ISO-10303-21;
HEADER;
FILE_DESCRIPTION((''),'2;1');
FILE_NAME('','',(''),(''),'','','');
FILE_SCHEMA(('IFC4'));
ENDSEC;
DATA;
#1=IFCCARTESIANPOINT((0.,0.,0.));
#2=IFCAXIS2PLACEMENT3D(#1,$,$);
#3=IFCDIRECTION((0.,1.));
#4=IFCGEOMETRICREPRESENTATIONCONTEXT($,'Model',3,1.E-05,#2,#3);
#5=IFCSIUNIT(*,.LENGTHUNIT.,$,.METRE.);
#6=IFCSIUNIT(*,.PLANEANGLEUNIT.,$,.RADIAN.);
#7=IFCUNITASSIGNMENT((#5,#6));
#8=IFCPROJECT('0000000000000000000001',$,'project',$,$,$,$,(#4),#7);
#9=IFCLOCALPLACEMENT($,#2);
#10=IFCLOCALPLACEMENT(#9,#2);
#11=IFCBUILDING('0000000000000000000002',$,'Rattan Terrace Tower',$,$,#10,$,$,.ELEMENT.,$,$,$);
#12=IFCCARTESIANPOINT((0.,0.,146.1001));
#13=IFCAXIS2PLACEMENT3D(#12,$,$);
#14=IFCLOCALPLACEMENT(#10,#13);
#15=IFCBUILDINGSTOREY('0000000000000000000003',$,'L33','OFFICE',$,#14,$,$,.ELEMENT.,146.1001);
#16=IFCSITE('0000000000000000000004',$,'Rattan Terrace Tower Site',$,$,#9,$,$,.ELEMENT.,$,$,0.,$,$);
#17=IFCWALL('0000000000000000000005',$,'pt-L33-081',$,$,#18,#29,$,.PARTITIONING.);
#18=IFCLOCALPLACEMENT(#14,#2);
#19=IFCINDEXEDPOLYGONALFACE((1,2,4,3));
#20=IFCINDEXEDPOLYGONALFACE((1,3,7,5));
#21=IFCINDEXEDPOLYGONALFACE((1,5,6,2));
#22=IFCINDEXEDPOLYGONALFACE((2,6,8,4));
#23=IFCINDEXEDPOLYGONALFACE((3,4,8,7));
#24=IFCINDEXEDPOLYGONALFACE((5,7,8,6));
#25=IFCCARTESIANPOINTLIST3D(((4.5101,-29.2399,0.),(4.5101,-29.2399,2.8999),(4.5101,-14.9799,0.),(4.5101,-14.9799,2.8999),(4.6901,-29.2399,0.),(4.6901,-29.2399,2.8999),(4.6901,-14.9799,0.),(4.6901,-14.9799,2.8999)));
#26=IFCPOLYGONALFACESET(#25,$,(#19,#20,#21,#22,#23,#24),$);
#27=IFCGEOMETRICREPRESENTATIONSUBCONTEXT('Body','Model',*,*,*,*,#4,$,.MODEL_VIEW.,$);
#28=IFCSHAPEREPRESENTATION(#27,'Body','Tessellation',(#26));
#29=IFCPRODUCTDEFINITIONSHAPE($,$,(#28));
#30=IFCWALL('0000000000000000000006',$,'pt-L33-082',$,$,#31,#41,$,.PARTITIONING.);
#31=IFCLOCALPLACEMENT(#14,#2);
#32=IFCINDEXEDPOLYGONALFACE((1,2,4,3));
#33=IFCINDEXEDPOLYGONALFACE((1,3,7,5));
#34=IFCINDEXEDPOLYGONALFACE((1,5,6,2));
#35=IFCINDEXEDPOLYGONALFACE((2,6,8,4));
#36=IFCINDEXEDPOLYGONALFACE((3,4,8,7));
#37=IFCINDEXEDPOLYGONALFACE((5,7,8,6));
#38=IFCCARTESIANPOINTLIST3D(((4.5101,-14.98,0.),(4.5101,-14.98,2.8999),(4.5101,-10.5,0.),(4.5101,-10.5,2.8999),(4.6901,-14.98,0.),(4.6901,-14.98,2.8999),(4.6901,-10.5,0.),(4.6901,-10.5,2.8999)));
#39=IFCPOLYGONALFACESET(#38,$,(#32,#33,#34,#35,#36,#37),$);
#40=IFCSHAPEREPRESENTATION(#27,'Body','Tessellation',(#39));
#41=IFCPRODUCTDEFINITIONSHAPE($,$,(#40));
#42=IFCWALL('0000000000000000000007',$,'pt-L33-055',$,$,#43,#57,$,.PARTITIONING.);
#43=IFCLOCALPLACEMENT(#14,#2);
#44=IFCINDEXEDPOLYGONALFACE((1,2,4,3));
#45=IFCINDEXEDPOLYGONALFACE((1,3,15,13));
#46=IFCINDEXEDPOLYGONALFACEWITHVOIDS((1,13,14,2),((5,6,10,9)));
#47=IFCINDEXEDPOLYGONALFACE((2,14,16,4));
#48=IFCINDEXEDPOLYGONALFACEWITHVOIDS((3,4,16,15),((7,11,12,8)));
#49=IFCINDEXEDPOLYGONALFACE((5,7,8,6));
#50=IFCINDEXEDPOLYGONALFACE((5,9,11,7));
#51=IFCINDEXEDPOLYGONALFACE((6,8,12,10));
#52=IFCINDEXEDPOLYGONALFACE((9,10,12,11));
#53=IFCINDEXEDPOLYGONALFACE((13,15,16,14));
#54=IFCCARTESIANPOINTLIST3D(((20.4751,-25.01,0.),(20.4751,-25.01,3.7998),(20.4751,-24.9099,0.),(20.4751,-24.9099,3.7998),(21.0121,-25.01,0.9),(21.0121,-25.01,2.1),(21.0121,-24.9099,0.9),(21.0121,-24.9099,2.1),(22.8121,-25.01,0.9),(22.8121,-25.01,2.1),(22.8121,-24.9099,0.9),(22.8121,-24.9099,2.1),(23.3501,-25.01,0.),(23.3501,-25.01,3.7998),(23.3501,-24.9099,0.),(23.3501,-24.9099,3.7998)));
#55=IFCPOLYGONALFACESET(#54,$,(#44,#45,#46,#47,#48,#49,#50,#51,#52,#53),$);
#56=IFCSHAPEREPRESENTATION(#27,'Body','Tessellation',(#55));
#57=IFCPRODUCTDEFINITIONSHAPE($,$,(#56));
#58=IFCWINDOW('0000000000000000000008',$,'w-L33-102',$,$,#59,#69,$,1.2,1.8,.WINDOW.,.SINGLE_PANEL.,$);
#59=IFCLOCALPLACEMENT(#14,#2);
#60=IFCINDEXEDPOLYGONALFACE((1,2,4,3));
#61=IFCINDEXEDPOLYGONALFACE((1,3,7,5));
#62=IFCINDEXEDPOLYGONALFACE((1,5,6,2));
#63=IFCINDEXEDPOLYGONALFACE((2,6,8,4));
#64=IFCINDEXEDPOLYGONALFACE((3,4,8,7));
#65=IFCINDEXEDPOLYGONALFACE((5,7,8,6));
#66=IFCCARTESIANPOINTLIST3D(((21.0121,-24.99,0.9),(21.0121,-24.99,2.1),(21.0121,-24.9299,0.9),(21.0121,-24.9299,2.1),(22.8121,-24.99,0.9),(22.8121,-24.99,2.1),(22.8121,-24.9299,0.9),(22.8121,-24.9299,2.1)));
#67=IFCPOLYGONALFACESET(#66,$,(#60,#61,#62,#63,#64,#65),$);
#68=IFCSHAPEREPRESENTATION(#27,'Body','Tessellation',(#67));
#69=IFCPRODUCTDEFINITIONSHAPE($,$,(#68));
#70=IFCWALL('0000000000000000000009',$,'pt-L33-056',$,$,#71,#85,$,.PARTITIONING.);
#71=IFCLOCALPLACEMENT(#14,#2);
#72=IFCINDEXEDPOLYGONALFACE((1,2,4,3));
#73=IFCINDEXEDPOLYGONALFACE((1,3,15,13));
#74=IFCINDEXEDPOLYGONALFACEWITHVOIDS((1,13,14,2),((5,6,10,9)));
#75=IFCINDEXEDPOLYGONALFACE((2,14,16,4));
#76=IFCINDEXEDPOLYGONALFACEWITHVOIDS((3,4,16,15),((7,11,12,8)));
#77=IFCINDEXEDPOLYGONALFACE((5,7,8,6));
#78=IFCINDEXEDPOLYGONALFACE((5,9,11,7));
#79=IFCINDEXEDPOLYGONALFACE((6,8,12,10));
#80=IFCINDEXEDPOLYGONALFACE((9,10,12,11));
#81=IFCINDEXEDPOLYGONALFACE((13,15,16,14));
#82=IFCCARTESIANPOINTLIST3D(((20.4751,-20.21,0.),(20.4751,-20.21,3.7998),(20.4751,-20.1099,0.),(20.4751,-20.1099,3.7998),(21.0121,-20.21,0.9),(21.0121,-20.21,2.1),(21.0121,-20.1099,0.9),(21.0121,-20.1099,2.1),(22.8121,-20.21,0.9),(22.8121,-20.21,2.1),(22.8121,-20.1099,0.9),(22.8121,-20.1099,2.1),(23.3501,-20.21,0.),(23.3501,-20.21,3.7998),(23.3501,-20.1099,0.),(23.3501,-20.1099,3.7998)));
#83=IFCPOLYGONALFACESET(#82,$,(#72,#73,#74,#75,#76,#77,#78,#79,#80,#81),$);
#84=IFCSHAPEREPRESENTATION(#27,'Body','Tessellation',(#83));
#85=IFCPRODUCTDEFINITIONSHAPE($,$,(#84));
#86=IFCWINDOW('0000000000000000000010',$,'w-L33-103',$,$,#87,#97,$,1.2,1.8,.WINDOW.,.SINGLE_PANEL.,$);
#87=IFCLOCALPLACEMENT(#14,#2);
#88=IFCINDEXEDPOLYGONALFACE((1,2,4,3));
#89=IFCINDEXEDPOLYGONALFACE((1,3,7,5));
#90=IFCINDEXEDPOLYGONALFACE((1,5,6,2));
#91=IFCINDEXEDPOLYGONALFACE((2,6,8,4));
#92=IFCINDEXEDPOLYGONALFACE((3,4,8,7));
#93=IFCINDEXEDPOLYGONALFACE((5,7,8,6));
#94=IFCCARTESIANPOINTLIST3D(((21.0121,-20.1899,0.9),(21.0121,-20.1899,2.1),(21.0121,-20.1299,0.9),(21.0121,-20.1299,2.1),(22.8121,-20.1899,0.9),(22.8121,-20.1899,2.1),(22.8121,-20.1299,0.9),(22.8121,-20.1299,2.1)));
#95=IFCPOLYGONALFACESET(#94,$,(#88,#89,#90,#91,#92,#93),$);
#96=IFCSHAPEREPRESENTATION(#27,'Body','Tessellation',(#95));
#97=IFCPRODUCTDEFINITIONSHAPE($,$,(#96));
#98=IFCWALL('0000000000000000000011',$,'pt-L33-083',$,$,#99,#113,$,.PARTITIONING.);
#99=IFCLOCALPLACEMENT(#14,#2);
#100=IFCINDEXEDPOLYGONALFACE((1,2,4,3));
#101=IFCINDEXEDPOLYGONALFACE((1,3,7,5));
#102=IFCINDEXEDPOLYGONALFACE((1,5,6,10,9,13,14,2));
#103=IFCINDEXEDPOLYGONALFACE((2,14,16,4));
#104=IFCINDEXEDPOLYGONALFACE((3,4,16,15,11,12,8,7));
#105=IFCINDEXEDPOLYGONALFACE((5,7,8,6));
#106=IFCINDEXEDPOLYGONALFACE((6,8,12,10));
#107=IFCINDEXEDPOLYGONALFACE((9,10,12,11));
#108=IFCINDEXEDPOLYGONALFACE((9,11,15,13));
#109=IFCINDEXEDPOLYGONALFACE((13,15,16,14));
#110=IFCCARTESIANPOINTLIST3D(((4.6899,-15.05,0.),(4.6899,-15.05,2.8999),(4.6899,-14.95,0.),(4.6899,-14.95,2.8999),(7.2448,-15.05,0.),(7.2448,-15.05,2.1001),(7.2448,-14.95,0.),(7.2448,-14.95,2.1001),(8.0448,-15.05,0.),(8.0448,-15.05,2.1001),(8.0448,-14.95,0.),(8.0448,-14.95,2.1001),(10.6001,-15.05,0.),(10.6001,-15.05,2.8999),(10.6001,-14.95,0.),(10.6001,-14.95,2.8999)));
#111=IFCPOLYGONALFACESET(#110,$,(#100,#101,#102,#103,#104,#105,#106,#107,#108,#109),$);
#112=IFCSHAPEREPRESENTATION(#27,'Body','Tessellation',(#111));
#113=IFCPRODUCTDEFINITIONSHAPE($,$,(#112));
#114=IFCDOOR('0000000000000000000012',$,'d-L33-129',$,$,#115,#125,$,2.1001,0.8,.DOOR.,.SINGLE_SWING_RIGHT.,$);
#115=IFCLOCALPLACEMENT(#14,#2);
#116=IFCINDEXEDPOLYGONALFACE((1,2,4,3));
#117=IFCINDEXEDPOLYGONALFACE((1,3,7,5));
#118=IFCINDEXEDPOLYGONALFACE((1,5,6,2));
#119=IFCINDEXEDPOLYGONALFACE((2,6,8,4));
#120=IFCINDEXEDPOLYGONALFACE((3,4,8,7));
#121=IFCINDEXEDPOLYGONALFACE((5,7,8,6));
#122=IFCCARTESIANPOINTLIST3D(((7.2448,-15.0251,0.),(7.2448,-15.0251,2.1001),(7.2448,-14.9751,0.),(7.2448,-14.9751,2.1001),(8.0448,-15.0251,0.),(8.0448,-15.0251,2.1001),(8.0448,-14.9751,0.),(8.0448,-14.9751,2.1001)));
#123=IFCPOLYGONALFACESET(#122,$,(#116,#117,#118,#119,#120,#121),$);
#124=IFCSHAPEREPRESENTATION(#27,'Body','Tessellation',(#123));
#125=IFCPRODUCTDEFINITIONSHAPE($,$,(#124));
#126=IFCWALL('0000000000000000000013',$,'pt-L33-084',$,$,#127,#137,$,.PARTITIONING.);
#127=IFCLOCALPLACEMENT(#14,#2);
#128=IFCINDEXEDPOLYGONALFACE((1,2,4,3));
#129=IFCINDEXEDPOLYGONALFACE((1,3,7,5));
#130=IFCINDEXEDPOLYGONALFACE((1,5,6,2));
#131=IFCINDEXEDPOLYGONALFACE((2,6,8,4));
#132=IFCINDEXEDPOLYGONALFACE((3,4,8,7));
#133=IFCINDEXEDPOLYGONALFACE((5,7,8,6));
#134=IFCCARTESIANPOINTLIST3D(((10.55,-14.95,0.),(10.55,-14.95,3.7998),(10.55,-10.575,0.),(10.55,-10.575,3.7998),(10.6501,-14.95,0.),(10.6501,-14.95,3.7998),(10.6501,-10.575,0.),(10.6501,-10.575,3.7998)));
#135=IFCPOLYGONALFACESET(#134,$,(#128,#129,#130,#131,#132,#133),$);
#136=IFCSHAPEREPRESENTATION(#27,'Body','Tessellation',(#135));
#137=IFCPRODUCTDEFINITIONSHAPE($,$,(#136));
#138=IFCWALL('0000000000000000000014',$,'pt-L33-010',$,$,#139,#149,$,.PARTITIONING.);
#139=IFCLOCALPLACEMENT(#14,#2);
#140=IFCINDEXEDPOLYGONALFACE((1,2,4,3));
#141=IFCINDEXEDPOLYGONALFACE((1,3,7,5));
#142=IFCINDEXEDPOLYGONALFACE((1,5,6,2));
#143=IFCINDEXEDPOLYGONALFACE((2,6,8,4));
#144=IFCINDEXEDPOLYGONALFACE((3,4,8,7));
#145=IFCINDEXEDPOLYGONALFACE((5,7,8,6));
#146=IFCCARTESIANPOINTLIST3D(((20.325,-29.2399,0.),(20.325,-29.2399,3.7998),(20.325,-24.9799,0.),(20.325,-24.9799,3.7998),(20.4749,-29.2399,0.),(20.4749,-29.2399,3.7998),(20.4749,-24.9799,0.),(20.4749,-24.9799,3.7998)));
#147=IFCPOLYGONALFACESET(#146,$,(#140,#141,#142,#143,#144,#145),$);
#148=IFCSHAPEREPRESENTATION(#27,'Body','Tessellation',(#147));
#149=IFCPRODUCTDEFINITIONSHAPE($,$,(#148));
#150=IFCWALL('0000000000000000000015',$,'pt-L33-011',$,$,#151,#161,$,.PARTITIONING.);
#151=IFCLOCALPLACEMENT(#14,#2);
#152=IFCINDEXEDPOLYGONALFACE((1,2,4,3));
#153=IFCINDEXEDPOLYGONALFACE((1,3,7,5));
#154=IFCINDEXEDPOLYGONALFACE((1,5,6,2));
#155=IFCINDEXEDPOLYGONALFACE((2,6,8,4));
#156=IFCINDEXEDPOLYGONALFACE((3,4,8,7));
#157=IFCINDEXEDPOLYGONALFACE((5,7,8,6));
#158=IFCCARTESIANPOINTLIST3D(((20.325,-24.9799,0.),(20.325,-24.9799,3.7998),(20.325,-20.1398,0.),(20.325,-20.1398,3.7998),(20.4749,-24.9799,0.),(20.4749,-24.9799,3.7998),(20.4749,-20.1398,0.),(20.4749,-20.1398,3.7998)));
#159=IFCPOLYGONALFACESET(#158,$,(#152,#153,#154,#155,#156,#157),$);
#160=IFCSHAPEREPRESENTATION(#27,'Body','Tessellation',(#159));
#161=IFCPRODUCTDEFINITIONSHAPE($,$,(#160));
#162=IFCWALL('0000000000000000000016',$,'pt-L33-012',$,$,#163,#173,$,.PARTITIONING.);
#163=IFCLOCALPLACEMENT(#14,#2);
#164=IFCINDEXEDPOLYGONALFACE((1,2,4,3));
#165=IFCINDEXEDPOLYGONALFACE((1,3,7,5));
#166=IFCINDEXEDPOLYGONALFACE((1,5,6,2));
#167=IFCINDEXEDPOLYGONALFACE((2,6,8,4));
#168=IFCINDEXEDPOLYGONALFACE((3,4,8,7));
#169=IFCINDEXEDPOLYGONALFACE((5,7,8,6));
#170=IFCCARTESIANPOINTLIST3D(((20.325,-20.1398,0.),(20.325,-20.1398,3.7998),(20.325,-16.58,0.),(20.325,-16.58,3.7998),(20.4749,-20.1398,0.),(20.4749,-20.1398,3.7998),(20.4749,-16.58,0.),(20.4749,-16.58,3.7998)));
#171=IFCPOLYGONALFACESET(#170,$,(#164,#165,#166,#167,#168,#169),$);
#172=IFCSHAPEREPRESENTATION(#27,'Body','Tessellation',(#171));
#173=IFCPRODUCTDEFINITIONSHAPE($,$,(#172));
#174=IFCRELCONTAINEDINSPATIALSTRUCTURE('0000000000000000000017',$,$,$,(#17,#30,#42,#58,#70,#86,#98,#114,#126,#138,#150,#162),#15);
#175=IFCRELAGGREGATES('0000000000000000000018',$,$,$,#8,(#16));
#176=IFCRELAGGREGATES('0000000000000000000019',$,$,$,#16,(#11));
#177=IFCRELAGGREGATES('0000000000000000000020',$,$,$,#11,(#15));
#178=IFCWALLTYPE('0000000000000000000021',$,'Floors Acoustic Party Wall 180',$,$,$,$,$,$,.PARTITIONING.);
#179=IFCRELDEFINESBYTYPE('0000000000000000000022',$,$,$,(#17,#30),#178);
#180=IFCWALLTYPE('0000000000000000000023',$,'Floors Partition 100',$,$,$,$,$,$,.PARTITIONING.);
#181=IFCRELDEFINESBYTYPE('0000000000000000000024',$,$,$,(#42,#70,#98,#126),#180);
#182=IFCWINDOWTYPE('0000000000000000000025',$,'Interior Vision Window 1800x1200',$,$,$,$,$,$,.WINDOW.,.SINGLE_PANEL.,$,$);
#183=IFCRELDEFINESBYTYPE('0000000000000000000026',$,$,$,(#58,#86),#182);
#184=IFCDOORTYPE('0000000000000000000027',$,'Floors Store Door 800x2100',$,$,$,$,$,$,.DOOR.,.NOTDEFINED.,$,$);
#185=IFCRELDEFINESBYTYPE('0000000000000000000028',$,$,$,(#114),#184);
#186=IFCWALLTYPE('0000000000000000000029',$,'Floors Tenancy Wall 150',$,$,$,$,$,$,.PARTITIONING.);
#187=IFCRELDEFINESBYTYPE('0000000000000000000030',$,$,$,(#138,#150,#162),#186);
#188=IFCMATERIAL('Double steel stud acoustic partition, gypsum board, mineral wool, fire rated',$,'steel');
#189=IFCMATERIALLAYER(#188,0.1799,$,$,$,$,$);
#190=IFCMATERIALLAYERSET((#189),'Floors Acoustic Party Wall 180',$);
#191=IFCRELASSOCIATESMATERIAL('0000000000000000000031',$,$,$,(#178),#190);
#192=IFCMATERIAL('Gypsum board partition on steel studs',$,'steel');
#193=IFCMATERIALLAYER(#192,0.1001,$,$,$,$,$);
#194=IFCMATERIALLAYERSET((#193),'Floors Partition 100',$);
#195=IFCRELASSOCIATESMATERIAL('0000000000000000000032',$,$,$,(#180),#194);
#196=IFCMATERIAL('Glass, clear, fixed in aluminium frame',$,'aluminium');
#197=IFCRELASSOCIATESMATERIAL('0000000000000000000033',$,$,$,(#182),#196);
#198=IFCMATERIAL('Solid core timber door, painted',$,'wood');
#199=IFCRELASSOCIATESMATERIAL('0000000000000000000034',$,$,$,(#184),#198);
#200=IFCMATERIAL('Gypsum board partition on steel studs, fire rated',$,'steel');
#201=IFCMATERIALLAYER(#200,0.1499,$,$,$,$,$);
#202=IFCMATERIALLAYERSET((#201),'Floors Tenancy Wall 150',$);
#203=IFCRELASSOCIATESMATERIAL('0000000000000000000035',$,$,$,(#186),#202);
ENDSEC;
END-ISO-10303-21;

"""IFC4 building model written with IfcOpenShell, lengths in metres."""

from ifc_helpers import new_model, si_unit, direction, frame, frame_2d, origin, place, context, subcontext, project, spatial, rectangle, extrude, material, layer, layer_set, type_object, element, fill, save


model = new_model("IFC4")

# Units and contexts
model_context = context("Model", 3, precision=1e-05, world=origin(), true_north=direction((0.0, 1.0)))
body_context = subcontext(model_context, "Body", "Model", "MODEL_VIEW")
ifc_project = project(units=[si_unit("LENGTHUNIT", "METRE"), si_unit("PLANEANGLEUNIT", "RADIAN")], contexts=[model_context])

# Site, building, storey
site_placement = place(None, origin())
site = spatial("IfcSite", under=ifc_project, at=site_placement, Name="Rattan Terrace Tower Site", CompositionType="ELEMENT", RefElevation=0.0)
building_placement = place(site_placement, origin())
building = spatial("IfcBuilding", under=site, at=building_placement, Name="Rattan Terrace Tower", CompositionType="ELEMENT")
storey_placement = place(building_placement, frame((0.0, 0.0, 146.1001)))
storey = spatial("IfcBuildingStorey", under=building, at=storey_placement, Name="L33", Description="OFFICE", CompositionType="ELEMENT", Elevation=146.1001)

# Walls
ifc_material_1 = material(Name="Double steel stud acoustic partition, gypsum board, mineral wool, fire rated", Category="steel")
ifc_layer_1 = layer(ifc_material_1, 0.1799)
ifc_layer_set_1 = layer_set([ifc_layer_1], Name="Floors Acoustic Party Wall 180")
wall_type_1 = type_object("IfcWallType", Name="Floors Acoustic Party Wall 180", PredefinedType="PARTITIONING", material=ifc_layer_set_1)
wall_1_placement = place(storey_placement, frame((4.6001, -14.98, 0.0), z_axis=(0.0, 0.0, 1.0), x_axis=(0.0, -1.0, 0.0)))
element("IfcWall", 1, at=wall_1_placement, inside=storey, type_object=wall_type_1, Name="pt-L33-081", PredefinedType="PARTITIONING", context=body_context, shape_type="SweptSolid", body=[
    extrude(rectangle(XDim=14.26, YDim=0.1799, at=frame_2d((7.1299, 0.0))), origin(), (0.0, 0.0, 1.0), 2.8999),
])
wall_2_placement = place(storey_placement, frame((4.6001, -10.5, 0.0), z_axis=(0.0, 0.0, 1.0), x_axis=(0.0, -1.0, 0.0)))
element("IfcWall", 2, at=wall_2_placement, inside=storey, type_object=wall_type_1, Name="pt-L33-082", PredefinedType="PARTITIONING", context=body_context, shape_type="SweptSolid", body=[
    extrude(rectangle(XDim=4.48, YDim=0.1799, at=frame_2d((2.24, 0.0))), origin(), (0.0, 0.0, 1.0), 2.8999),
])

# Walls, openings, windows
ifc_material_2 = material(Name="Gypsum board partition on steel studs", Category="steel")
ifc_layer_2 = layer(ifc_material_2, 0.1001)
ifc_layer_set_2 = layer_set([ifc_layer_2], Name="Floors Partition 100")
wall_type_2 = type_object("IfcWallType", Name="Floors Partition 100", PredefinedType="PARTITIONING", material=ifc_layer_set_2)
wall_3_placement = place(storey_placement, frame((20.4751, -24.96, 0.0), z_axis=(0.0, 0.0, 1.0), x_axis=(1.0, 0.0, 0.0)))
wall_3 = element("IfcWall", 3, at=wall_3_placement, inside=storey, type_object=wall_type_2, Name="pt-L33-055", PredefinedType="PARTITIONING", context=body_context, shape_type="SweptSolid", body=[
    extrude(rectangle(XDim=2.875, YDim=0.1001, at=frame_2d((1.4375, 0.0))), origin(), (0.0, 0.0, 1.0), 3.7998),
])
opening_1_placement = place(wall_3_placement, frame((0.5371, 0.0, 0.8999)))
opening_1 = element("IfcOpeningElement", 4, at=opening_1_placement, cuts=wall_3, PredefinedType="OPENING", context=body_context, shape_type="SweptSolid", body=[
    extrude(rectangle(XDim=1.8, YDim=1.2, at=frame_2d((0.8999, 0.6001))), frame((0.0, 0.0605, 0.0), z_axis=(0.0, -1.0, 0.0), x_axis=(1.0, 0.0, 0.0)), (0.0, 0.0, 1.0), 0.1211),
])
ifc_material_3 = material(Name="Glass, clear, fixed in aluminium frame", Category="aluminium")
window_type = type_object("IfcWindowType", Name="Interior Vision Window 1800x1200", PartitioningType="SINGLE_PANEL", PredefinedType="WINDOW", material=ifc_material_3)
window_1_placement = place(opening_1_placement, origin())
window_1 = element("IfcWindow", 5, at=window_1_placement, inside=storey, type_object=window_type, Name="w-L33-102", OverallHeight=1.2, OverallWidth=1.8, PartitioningType="SINGLE_PANEL", PredefinedType="WINDOW", context=body_context, shape_type="SweptSolid", body=[
    extrude(rectangle(XDim=1.8, YDim=1.2, at=frame_2d((0.8999, 0.6001))), frame((0.0, 0.03, 0.0), z_axis=(0.0, -1.0, 0.0), x_axis=(1.0, 0.0, 0.0)), (0.0, 0.0, 1.0), 0.0601),
])
fill(opening_1, window_1)
wall_4_placement = place(storey_placement, frame((20.4751, -20.1599, 0.0), z_axis=(0.0, 0.0, 1.0), x_axis=(1.0, 0.0, 0.0)))
wall_4 = element("IfcWall", 6, at=wall_4_placement, inside=storey, type_object=wall_type_2, Name="pt-L33-056", PredefinedType="PARTITIONING", context=body_context, shape_type="SweptSolid", body=[
    extrude(rectangle(XDim=2.875, YDim=0.1001, at=frame_2d((1.4375, 0.0))), origin(), (0.0, 0.0, 1.0), 3.7998),
])
opening_2_placement = place(wall_4_placement, frame((0.5371, 0.0, 0.8999)))
opening_2 = element("IfcOpeningElement", 7, at=opening_2_placement, cuts=wall_4, PredefinedType="OPENING", context=body_context, shape_type="SweptSolid", body=[
    extrude(rectangle(XDim=1.8, YDim=1.2, at=frame_2d((0.8999, 0.6001))), frame((0.0, 0.0605, 0.0), z_axis=(0.0, -1.0, 0.0), x_axis=(1.0, 0.0, 0.0)), (0.0, 0.0, 1.0), 0.1211),
])
window_2_placement = place(opening_2_placement, origin())
window_2 = element("IfcWindow", 8, at=window_2_placement, inside=storey, type_object=window_type, Name="w-L33-103", OverallHeight=1.2, OverallWidth=1.8, PartitioningType="SINGLE_PANEL", PredefinedType="WINDOW", context=body_context, shape_type="SweptSolid", body=[
    extrude(rectangle(XDim=1.8, YDim=1.2, at=frame_2d((0.8999, 0.6001))), frame((0.0, 0.03, 0.0), z_axis=(0.0, -1.0, 0.0), x_axis=(1.0, 0.0, 0.0)), (0.0, 0.0, 1.0), 0.0601),
])
fill(opening_2, window_2)

# Wall, opening, door
wall_5_placement = place(storey_placement, frame((4.6899, -15.0, 0.0), z_axis=(0.0, 0.0, 1.0), x_axis=(1.0, 0.0, 0.0)))
wall_5 = element("IfcWall", 9, at=wall_5_placement, inside=storey, type_object=wall_type_2, Name="pt-L33-083", PredefinedType="PARTITIONING", context=body_context, shape_type="SweptSolid", body=[
    extrude(rectangle(XDim=5.9102, YDim=0.1001, at=frame_2d((2.9551, 0.0))), origin(), (0.0, 0.0, 1.0), 2.8999),
])
opening_3_placement = place(wall_5_placement, frame((2.5549, 0.0, 0.0)))
opening_3 = element("IfcOpeningElement", 10, at=opening_3_placement, cuts=wall_5, PredefinedType="OPENING", context=body_context, shape_type="SweptSolid", body=[
    extrude(rectangle(XDim=0.8, YDim=2.1001, at=frame_2d((0.3999, 1.05))), frame((0.0, 0.0605, 0.0), z_axis=(0.0, -1.0, 0.0), x_axis=(1.0, 0.0, 0.0)), (0.0, 0.0, 1.0), 0.1211),
])
ifc_material_4 = material(Name="Solid core timber door, painted", Category="wood")
door_type_1 = type_object("IfcDoorType", Name="Floors Store Door 800x2100", OperationType="NOTDEFINED", PredefinedType="DOOR", material=ifc_material_4)
door_1_placement = place(opening_3_placement, origin())
door_1 = element("IfcDoor", 11, at=door_1_placement, inside=storey, type_object=door_type_1, Name="d-L33-129", OperationType="SINGLE_SWING_RIGHT", OverallHeight=2.1001, OverallWidth=0.8, PredefinedType="DOOR", context=body_context, shape_type="SweptSolid", body=[
    extrude(rectangle(XDim=0.8, YDim=2.1001, at=frame_2d((0.3999, 1.05))), frame((0.0, 0.0249, 0.0), z_axis=(0.0, -1.0, 0.0), x_axis=(1.0, 0.0, 0.0)), (0.0, 0.0, 1.0), 0.05),
])
fill(opening_3, door_1)

# Walls
wall_6_placement = place(storey_placement, frame((10.6001, -14.95, 0.0), z_axis=(0.0, 0.0, 1.0), x_axis=(0.0, 1.0, 0.0)))
element("IfcWall", 12, at=wall_6_placement, inside=storey, type_object=wall_type_2, Name="pt-L33-084", PredefinedType="PARTITIONING", context=body_context, shape_type="SweptSolid", body=[
    extrude(rectangle(XDim=4.375, YDim=0.1001, at=frame_2d((2.1875, 0.0))), origin(), (0.0, 0.0, 1.0), 3.7998),
])
ifc_material_5 = material(Name="Gypsum board partition on steel studs, fire rated", Category="steel")
ifc_layer_3 = layer(ifc_material_5, 0.1499)
ifc_layer_set_3 = layer_set([ifc_layer_3], Name="Floors Tenancy Wall 150")
wall_type_3 = type_object("IfcWallType", Name="Floors Tenancy Wall 150", PredefinedType="PARTITIONING", material=ifc_layer_set_3)
wall_7_placement = place(storey_placement, frame((20.3999, -24.98, 0.0), z_axis=(0.0, 0.0, 1.0), x_axis=(0.0, -1.0, 0.0)))
element("IfcWall", 13, at=wall_7_placement, inside=storey, type_object=wall_type_3, Name="pt-L33-010", PredefinedType="PARTITIONING", context=body_context, shape_type="SweptSolid", body=[
    extrude(rectangle(XDim=4.26, YDim=0.1499, at=frame_2d((2.1299, 0.0))), origin(), (0.0, 0.0, 1.0), 3.7998),
])
wall_8_placement = place(storey_placement, frame((20.3999, -20.1399, 0.0), z_axis=(0.0, 0.0, 1.0), x_axis=(0.0, -1.0, 0.0)))
element("IfcWall", 14, at=wall_8_placement, inside=storey, type_object=wall_type_3, Name="pt-L33-011", PredefinedType="PARTITIONING", context=body_context, shape_type="SweptSolid", body=[
    extrude(rectangle(XDim=4.8401, YDim=0.1499, at=frame_2d((2.4199, 0.0))), origin(), (0.0, 0.0, 1.0), 3.7998),
])
wall_9_placement = place(storey_placement, frame((20.3999, -16.5801, 0.0), z_axis=(0.0, 0.0, 1.0), x_axis=(0.0, -1.0, 0.0)))
element("IfcWall", 15, at=wall_9_placement, inside=storey, type_object=wall_type_3, Name="pt-L33-012", PredefinedType="PARTITIONING", context=body_context, shape_type="SweptSolid", body=[
    extrude(rectangle(XDim=3.5598, YDim=0.1499, at=frame_2d((1.7798, 0.0))), origin(), (0.0, 0.0, 1.0), 3.7998),
])

save(model, "model.ifc")
